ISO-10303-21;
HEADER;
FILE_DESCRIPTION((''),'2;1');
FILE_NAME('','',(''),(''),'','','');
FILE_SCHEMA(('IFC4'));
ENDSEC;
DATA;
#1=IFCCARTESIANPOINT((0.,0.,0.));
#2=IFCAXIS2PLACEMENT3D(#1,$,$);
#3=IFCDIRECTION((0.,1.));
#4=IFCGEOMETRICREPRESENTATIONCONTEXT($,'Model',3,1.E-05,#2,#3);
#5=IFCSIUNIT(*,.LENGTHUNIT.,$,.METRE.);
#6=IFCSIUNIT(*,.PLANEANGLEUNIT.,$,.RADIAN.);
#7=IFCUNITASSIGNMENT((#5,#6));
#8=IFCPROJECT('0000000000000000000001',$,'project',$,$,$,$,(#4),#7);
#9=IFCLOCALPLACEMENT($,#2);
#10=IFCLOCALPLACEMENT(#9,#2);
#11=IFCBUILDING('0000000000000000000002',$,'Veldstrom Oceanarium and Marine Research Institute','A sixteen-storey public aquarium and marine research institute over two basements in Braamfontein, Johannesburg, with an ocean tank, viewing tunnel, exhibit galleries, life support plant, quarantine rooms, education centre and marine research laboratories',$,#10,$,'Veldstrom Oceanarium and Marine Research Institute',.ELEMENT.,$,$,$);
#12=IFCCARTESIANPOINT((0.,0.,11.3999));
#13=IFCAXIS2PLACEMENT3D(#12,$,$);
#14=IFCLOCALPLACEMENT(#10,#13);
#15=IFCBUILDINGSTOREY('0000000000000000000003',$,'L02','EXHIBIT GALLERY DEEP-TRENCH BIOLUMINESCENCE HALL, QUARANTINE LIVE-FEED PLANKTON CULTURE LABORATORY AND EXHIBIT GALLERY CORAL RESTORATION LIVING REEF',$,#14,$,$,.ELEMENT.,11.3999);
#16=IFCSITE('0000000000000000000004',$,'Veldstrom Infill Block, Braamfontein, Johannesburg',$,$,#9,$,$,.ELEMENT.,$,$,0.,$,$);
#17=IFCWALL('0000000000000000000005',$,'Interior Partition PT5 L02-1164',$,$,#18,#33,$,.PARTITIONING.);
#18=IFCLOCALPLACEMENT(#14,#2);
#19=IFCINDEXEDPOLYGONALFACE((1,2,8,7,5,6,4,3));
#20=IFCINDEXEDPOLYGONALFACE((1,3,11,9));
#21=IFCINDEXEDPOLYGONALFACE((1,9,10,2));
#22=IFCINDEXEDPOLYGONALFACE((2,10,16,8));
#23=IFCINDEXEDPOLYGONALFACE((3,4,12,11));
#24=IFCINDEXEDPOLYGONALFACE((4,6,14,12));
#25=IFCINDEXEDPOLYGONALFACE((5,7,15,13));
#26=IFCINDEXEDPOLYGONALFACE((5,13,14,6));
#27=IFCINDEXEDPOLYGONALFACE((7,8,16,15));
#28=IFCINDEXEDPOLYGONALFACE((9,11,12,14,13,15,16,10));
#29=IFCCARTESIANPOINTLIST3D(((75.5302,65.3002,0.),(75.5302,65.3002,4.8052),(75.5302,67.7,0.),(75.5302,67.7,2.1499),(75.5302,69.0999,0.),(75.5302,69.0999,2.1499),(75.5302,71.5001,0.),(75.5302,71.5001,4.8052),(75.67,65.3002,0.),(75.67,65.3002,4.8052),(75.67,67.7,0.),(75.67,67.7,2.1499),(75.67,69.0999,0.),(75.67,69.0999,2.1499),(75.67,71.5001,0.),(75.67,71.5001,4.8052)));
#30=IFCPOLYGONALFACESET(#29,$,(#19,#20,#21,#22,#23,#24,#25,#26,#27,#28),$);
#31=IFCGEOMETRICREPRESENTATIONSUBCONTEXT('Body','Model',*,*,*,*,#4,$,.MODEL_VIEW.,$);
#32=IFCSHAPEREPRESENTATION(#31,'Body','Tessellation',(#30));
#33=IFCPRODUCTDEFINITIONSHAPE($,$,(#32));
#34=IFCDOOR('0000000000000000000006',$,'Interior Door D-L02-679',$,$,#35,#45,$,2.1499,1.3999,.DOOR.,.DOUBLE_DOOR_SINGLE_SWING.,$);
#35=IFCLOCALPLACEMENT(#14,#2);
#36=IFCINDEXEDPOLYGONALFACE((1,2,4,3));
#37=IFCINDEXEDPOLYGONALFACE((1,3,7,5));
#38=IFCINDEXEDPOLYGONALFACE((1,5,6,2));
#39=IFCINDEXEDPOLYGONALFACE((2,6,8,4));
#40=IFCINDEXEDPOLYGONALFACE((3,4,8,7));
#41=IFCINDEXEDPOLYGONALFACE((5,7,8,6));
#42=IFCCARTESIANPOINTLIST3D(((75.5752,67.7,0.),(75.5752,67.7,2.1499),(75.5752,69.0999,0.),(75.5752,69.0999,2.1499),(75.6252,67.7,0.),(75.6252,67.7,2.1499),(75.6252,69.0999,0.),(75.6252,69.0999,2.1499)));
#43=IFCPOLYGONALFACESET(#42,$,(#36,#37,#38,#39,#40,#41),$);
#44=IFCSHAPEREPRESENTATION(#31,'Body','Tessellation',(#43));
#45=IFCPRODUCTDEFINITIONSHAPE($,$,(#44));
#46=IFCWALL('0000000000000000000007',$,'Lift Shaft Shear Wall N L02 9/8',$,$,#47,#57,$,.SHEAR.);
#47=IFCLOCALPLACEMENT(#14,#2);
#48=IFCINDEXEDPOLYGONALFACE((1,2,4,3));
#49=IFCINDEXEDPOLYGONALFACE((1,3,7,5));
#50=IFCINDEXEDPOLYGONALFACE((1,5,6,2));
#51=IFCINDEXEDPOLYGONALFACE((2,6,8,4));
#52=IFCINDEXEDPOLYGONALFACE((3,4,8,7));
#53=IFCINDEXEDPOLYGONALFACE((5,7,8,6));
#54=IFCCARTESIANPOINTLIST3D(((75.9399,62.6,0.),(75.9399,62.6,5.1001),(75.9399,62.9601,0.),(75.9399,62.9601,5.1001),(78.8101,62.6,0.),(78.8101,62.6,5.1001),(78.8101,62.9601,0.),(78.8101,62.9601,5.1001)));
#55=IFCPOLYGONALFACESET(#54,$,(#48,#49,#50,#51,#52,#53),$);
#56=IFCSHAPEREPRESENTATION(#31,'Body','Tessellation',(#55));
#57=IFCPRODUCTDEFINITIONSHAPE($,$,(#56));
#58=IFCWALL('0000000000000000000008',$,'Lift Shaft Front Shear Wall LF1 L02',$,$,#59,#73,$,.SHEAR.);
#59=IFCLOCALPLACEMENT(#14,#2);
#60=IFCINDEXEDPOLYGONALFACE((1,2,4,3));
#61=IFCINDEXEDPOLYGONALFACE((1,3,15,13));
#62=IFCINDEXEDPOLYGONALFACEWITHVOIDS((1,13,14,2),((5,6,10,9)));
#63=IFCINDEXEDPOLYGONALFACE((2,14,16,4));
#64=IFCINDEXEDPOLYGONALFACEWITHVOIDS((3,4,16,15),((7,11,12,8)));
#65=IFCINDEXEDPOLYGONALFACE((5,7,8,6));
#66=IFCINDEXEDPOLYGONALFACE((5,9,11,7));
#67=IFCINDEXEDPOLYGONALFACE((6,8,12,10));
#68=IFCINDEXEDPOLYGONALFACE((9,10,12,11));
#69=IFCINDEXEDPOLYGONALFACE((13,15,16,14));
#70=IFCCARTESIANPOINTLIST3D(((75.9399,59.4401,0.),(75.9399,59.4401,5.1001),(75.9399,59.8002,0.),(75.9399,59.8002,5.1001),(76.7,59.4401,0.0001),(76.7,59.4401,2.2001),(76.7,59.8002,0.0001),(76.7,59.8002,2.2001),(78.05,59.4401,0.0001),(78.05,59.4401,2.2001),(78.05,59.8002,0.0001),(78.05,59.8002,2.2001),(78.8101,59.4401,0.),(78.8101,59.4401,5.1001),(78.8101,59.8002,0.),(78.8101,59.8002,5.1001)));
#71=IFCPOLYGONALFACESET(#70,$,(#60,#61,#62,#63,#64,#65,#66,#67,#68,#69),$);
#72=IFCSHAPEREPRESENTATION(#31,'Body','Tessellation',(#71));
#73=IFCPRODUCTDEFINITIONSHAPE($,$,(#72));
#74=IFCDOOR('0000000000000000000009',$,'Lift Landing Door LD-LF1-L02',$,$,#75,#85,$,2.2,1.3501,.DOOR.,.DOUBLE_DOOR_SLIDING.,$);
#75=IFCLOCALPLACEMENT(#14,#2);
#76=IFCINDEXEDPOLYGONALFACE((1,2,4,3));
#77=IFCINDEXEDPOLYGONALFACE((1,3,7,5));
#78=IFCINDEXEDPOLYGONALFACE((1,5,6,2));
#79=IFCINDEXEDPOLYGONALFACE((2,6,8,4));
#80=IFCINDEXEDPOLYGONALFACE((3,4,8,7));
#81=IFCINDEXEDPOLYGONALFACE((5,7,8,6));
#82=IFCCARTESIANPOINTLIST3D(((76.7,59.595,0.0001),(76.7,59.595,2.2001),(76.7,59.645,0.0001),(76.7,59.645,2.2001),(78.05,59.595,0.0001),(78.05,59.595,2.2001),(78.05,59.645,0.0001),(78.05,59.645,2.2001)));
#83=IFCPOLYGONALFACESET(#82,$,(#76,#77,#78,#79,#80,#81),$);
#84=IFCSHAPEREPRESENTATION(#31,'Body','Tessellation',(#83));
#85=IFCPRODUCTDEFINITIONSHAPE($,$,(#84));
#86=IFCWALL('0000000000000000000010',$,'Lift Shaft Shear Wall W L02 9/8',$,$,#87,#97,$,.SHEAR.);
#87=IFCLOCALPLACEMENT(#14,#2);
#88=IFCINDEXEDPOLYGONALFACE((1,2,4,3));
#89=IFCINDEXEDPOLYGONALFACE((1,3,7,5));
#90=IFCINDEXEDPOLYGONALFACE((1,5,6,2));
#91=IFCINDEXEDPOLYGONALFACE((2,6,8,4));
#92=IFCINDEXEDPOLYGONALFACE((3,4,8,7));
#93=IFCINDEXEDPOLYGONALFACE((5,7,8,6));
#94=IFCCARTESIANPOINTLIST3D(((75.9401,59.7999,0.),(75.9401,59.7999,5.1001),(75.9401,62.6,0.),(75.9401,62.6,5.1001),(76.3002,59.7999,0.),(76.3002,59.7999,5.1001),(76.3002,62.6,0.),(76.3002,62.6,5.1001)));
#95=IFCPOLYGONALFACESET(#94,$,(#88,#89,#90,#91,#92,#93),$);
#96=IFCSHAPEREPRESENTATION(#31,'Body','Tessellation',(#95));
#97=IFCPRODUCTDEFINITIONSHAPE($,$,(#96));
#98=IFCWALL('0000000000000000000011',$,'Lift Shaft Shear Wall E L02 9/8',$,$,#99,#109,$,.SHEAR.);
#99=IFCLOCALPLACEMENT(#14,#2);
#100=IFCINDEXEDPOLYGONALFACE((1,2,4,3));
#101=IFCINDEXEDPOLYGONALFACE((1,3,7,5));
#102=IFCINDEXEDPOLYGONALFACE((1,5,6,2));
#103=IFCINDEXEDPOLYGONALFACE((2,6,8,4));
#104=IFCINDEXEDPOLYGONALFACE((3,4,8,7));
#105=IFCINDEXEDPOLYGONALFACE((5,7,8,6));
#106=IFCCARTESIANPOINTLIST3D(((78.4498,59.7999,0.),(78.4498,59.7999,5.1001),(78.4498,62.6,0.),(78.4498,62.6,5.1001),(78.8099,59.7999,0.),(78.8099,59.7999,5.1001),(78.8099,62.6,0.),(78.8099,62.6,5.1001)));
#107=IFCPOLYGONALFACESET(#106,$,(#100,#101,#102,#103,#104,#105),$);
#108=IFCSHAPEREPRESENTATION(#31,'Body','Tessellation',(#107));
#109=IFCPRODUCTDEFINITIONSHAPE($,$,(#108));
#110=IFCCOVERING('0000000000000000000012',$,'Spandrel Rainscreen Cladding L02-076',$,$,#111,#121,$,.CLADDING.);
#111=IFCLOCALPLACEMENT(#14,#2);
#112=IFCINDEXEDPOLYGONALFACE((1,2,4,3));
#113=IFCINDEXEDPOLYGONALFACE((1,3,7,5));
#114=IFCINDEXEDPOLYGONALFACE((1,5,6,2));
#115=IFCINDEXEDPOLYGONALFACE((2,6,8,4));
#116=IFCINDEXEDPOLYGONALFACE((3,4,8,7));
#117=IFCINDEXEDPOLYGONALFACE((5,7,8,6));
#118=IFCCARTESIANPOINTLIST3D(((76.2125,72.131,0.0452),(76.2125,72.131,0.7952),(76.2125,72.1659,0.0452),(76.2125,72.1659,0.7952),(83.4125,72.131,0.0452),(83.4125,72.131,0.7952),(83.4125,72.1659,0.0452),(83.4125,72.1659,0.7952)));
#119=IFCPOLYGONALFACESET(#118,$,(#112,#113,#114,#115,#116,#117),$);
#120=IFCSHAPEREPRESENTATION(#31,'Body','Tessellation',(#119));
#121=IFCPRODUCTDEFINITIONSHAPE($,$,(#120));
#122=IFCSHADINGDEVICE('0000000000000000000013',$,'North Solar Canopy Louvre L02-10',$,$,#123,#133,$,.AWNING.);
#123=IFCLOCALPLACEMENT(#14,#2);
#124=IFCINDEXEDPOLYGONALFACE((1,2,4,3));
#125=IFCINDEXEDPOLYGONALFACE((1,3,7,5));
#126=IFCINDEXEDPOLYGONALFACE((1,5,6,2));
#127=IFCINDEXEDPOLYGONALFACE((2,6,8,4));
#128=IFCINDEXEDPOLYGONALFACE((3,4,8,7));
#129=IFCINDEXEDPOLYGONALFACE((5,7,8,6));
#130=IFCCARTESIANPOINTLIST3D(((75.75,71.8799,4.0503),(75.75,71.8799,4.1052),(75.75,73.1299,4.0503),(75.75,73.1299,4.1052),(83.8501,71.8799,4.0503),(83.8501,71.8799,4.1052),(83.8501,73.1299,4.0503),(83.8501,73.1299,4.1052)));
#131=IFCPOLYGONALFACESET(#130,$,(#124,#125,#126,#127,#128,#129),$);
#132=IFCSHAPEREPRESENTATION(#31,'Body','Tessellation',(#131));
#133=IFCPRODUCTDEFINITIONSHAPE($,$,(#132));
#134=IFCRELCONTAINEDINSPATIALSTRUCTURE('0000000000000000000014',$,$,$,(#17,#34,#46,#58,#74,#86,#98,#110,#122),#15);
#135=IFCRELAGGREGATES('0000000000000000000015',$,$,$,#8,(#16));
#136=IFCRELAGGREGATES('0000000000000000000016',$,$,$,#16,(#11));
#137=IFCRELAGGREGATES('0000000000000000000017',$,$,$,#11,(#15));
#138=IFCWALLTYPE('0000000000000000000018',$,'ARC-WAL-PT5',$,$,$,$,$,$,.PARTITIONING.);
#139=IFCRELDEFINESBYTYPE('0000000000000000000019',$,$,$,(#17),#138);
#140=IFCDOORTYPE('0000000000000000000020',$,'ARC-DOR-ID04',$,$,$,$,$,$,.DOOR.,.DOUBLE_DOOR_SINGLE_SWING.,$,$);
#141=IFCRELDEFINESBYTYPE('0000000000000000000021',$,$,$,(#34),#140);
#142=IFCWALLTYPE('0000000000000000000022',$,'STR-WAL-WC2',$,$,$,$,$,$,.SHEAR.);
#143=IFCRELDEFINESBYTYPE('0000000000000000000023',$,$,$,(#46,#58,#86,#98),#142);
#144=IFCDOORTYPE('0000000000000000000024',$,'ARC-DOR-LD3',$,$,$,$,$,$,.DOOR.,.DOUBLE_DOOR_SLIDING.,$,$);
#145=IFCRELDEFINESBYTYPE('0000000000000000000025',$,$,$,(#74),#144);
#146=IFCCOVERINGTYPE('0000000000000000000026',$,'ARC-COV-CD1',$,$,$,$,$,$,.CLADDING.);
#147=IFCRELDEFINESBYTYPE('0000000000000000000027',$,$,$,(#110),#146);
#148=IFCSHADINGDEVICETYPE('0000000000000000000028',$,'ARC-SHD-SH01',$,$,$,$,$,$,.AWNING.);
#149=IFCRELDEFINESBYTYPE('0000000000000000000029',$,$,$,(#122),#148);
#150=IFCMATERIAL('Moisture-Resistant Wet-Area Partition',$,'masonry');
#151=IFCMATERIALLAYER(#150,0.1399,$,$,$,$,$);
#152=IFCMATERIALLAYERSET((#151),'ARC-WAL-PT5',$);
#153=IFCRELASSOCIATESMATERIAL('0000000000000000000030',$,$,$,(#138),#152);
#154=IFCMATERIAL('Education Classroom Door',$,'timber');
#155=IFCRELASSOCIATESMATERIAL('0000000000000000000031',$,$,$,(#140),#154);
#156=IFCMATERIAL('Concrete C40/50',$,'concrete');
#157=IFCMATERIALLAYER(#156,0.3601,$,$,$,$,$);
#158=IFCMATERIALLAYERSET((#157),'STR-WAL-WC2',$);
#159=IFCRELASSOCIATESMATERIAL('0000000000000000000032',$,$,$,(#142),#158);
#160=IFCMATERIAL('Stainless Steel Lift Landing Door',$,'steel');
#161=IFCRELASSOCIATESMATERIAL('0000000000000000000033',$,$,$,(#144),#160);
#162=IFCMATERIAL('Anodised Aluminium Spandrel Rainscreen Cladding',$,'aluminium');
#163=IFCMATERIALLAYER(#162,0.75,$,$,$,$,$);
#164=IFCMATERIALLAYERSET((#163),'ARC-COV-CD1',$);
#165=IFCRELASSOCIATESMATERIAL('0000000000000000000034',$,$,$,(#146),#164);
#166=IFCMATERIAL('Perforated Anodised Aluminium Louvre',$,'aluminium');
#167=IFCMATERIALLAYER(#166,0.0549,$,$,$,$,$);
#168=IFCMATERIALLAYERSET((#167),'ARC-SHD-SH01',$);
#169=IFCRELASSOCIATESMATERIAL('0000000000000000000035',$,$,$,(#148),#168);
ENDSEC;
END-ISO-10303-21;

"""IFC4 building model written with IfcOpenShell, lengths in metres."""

from ifc_helpers import new_model, si_unit, direction, frame, frame_2d, origin, origin_2d, place, context, subcontext, project, spatial, rectangle, extrude, material, layer, layer_set, type_object, element, fill, save


model = new_model("IFC4")

# Units and contexts
model_context = context("Model", 3, precision=1e-05, world=origin(), true_north=direction((0.0, 1.0)))
body_context = subcontext(model_context, "Body", "Model", "MODEL_VIEW")
ifc_project = project(units=[si_unit("LENGTHUNIT", "METRE"), si_unit("PLANEANGLEUNIT", "RADIAN")], contexts=[model_context])

# Site, building, storey
site_placement = place(None, origin())
site = spatial("IfcSite", under=ifc_project, at=site_placement, Name="Veldstrom Infill Block, Braamfontein, Johannesburg", CompositionType="ELEMENT", RefElevation=0.0)
building_placement = place(site_placement, origin())
building = spatial("IfcBuilding", under=site, at=building_placement, Name="Veldstrom Oceanarium and Marine Research Institute", Description="A sixteen-storey public aquarium and marine research institute over two basements in Braamfontein, Johannesburg, with an ocean tank, viewing tunnel, exhibit galleries, life support plant, quarantine rooms, education centre and marine research laboratories", LongName="Veldstrom Oceanarium and Marine Research Institute", CompositionType="ELEMENT")
storey_placement = place(building_placement, frame((0.0, 0.0, 11.3999)))
storey = spatial("IfcBuildingStorey", under=building, at=storey_placement, Name="L02", Description="EXHIBIT GALLERY DEEP-TRENCH BIOLUMINESCENCE HALL, QUARANTINE LIVE-FEED PLANKTON CULTURE LABORATORY AND EXHIBIT GALLERY CORAL RESTORATION LIVING REEF", CompositionType="ELEMENT", Elevation=11.3999)

# Wall, opening, door
ifc_material_1 = material(Name="Moisture-Resistant Wet-Area Partition", Category="masonry")
ifc_layer_1 = layer(ifc_material_1, 0.1399)
ifc_layer_set_1 = layer_set([ifc_layer_1], Name="ARC-WAL-PT5")
wall_type_1 = type_object("IfcWallType", Name="ARC-WAL-PT5", PredefinedType="PARTITIONING", material=ifc_layer_set_1)
wall_1_placement = place(storey_placement, frame((75.6001, 65.3, 0.0), z_axis=(0.0, 0.0, 1.0), x_axis=(0.0, 1.0, 0.0)))
wall_1 = element("IfcWall", 1, at=wall_1_placement, inside=storey, type_object=wall_type_1, Name="Interior Partition PT5 L02-1164", PredefinedType="PARTITIONING", context=body_context, shape_type="SweptSolid", body=[
    extrude(rectangle(XDim=6.2, YDim=0.1399, at=frame_2d((3.1001, 0.0))), origin(), (0.0, 0.0, 1.0), 4.8052),
])
opening_1_placement = place(wall_1_placement, frame((2.3999, 0.0, 0.0)))
opening_1 = element("IfcOpeningElement", 2, at=opening_1_placement, cuts=wall_1, PredefinedType="OPENING", context=body_context, shape_type="SweptSolid", body=[
    extrude(rectangle(XDim=1.3999, YDim=2.1499, at=frame_2d((0.7, 1.075))), frame((0.0, 0.0798, 0.0), z_axis=(0.0, -1.0, 0.0), x_axis=(1.0, 0.0, 0.0)), (0.0, 0.0, 1.0), 0.1599),
])
ifc_material_2 = material(Name="Education Classroom Door", Category="timber")
door_type_1 = type_object("IfcDoorType", Name="ARC-DOR-ID04", OperationType="DOUBLE_DOOR_SINGLE_SWING", PredefinedType="DOOR", material=ifc_material_2)
door_1_placement = place(opening_1_placement, origin())
door_1 = element("IfcDoor", 3, at=door_1_placement, inside=storey, type_object=door_type_1, Name="Interior Door D-L02-679", OperationType="DOUBLE_DOOR_SINGLE_SWING", OverallHeight=2.1499, OverallWidth=1.3999, PredefinedType="DOOR", context=body_context, shape_type="SweptSolid", body=[
    extrude(rectangle(XDim=1.3999, YDim=2.1499, at=frame_2d((0.7, 1.075))), frame((0.0, 0.0249, 0.0), z_axis=(0.0, -1.0, 0.0), x_axis=(1.0, 0.0, 0.0)), (0.0, 0.0, 1.0), 0.05),
])
fill(opening_1, door_1)

# Wall
ifc_material_3 = material(Name="Concrete C40/50", Category="concrete")
ifc_layer_2 = layer(ifc_material_3, 0.3601)
ifc_layer_set_2 = layer_set([ifc_layer_2], Name="STR-WAL-WC2")
wall_type_2 = type_object("IfcWallType", Name="STR-WAL-WC2", PredefinedType="SHEAR", material=ifc_layer_set_2)
wall_2_placement = place(storey_placement, frame((75.9399, 62.78, 0.0), z_axis=(0.0, 0.0, 1.0), x_axis=(1.0, 0.0, 0.0)))
element("IfcWall", 4, at=wall_2_placement, inside=storey, type_object=wall_type_2, Name="Lift Shaft Shear Wall N L02 9/8", PredefinedType="SHEAR", context=body_context, shape_type="SweptSolid", body=[
    extrude(rectangle(XDim=2.8701, YDim=0.3601, at=frame_2d((1.4351, 0.0))), origin(), (0.0, 0.0, 1.0), 5.1001),
])

# Wall, opening, door
wall_3_placement = place(storey_placement, frame((75.9399, 59.6201, 0.0), z_axis=(0.0, 0.0, 1.0), x_axis=(1.0, 0.0, 0.0)))
wall_3 = element("IfcWall", 5, at=wall_3_placement, inside=storey, type_object=wall_type_2, Name="Lift Shaft Front Shear Wall LF1 L02", PredefinedType="SHEAR", context=body_context, shape_type="SweptSolid", body=[
    extrude(rectangle(XDim=2.8701, YDim=0.3601, at=frame_2d((1.4351, 0.0))), origin(), (0.0, 0.0, 1.0), 5.1001),
])
opening_2_placement = place(wall_3_placement, frame((0.76, 0.0, 0.0)))
opening_2 = element("IfcOpeningElement", 6, at=opening_2_placement, cuts=wall_3, PredefinedType="OPENING", context=body_context, shape_type="SweptSolid", body=[
    extrude(rectangle(XDim=1.3501, YDim=2.2, at=frame_2d((0.675, 1.1001))), frame((0.0, 0.1899, 0.0), z_axis=(0.0, -1.0, 0.0), x_axis=(1.0, 0.0, 0.0)), (0.0, 0.0, 1.0), 0.3801),
])
ifc_material_4 = material(Name="Stainless Steel Lift Landing Door", Category="steel")
door_type_2 = type_object("IfcDoorType", Name="ARC-DOR-LD3", OperationType="DOUBLE_DOOR_SLIDING", PredefinedType="DOOR", material=ifc_material_4)
door_2_placement = place(opening_2_placement, origin())
door_2 = element("IfcDoor", 7, at=door_2_placement, inside=storey, type_object=door_type_2, Name="Lift Landing Door LD-LF1-L02", OperationType="DOUBLE_DOOR_SLIDING", OverallHeight=2.2, OverallWidth=1.3501, PredefinedType="DOOR", context=body_context, shape_type="SweptSolid", body=[
    extrude(rectangle(XDim=1.3501, YDim=2.2, at=frame_2d((0.675, 1.1001))), frame((0.0, 0.0249, 0.0), z_axis=(0.0, -1.0, 0.0), x_axis=(1.0, 0.0, 0.0)), (0.0, 0.0, 1.0), 0.05),
])
fill(opening_2, door_2)

# Walls
for number, where, z_axis, x_axis, name in (
    (8, (76.1201, 59.8, 0.0), (0.0, 0.0, 1.0), (0.0, 1.0, 0.0), "Lift Shaft Shear Wall W L02 9/8"),
    (9, (78.6299, 59.8, 0.0), (0.0, 0.0, 1.0), (0.0, 1.0, 0.0), "Lift Shaft Shear Wall E L02 9/8"),
):
    element("IfcWall", number, at=place(storey_placement, frame(where, z_axis=z_axis, x_axis=x_axis)), inside=storey, type_object=wall_type_2, Name=name, PredefinedType="SHEAR", context=body_context, shape_type="SweptSolid", body=[
        extrude(rectangle(XDim=2.8, YDim=0.3601, at=frame_2d((1.3999, 0.0))), origin(), (0.0, 0.0, 1.0), 5.1001),
    ])

# Covering
ifc_material_5 = material(Name="Anodised Aluminium Spandrel Rainscreen Cladding", Category="aluminium")
ifc_layer_3 = layer(ifc_material_5, 0.75)
ifc_layer_set_3 = layer_set([ifc_layer_3], Name="ARC-COV-CD1")
covering_type = type_object("IfcCoveringType", Name="ARC-COV-CD1", PredefinedType="CLADDING", material=ifc_layer_set_3)
covering_placement = place(storey_placement, frame((79.8125, 72.1484, 0.0452), z_axis=(0.0, 0.0, 1.0), x_axis=(1.0, 0.0, 0.0)))
element("IfcCovering", 10, at=covering_placement, inside=storey, type_object=covering_type, Name="Spandrel Rainscreen Cladding L02-076", PredefinedType="CLADDING", context=body_context, shape_type="SweptSolid", body=[
    extrude(rectangle(XDim=7.2, YDim=0.0349, at=origin_2d()), origin(), (0.0, 0.0, 1.0), 0.75),
])

# Shading device
ifc_material_6 = material(Name="Perforated Anodised Aluminium Louvre", Category="aluminium")
ifc_layer_4 = layer(ifc_material_6, 0.0549)
ifc_layer_set_4 = layer_set([ifc_layer_4], Name="ARC-SHD-SH01")
shading_device_type = type_object("IfcShadingDeviceType", Name="ARC-SHD-SH01", PredefinedType="AWNING", material=ifc_layer_set_4)
shading_device_placement = place(storey_placement, frame((79.8, 72.5049, 4.0503), z_axis=(0.0, 0.0, 1.0), x_axis=(1.0, 0.0, 0.0)))
element("IfcShadingDevice", 11, at=shading_device_placement, inside=storey, type_object=shading_device_type, Name="North Solar Canopy Louvre L02-10", PredefinedType="AWNING", context=body_context, shape_type="SweptSolid", body=[
    extrude(rectangle(XDim=8.1001, YDim=1.25, at=origin_2d()), origin(), (0.0, 0.0, 1.0), 0.0549),
])

save(model, "model.ifc")
